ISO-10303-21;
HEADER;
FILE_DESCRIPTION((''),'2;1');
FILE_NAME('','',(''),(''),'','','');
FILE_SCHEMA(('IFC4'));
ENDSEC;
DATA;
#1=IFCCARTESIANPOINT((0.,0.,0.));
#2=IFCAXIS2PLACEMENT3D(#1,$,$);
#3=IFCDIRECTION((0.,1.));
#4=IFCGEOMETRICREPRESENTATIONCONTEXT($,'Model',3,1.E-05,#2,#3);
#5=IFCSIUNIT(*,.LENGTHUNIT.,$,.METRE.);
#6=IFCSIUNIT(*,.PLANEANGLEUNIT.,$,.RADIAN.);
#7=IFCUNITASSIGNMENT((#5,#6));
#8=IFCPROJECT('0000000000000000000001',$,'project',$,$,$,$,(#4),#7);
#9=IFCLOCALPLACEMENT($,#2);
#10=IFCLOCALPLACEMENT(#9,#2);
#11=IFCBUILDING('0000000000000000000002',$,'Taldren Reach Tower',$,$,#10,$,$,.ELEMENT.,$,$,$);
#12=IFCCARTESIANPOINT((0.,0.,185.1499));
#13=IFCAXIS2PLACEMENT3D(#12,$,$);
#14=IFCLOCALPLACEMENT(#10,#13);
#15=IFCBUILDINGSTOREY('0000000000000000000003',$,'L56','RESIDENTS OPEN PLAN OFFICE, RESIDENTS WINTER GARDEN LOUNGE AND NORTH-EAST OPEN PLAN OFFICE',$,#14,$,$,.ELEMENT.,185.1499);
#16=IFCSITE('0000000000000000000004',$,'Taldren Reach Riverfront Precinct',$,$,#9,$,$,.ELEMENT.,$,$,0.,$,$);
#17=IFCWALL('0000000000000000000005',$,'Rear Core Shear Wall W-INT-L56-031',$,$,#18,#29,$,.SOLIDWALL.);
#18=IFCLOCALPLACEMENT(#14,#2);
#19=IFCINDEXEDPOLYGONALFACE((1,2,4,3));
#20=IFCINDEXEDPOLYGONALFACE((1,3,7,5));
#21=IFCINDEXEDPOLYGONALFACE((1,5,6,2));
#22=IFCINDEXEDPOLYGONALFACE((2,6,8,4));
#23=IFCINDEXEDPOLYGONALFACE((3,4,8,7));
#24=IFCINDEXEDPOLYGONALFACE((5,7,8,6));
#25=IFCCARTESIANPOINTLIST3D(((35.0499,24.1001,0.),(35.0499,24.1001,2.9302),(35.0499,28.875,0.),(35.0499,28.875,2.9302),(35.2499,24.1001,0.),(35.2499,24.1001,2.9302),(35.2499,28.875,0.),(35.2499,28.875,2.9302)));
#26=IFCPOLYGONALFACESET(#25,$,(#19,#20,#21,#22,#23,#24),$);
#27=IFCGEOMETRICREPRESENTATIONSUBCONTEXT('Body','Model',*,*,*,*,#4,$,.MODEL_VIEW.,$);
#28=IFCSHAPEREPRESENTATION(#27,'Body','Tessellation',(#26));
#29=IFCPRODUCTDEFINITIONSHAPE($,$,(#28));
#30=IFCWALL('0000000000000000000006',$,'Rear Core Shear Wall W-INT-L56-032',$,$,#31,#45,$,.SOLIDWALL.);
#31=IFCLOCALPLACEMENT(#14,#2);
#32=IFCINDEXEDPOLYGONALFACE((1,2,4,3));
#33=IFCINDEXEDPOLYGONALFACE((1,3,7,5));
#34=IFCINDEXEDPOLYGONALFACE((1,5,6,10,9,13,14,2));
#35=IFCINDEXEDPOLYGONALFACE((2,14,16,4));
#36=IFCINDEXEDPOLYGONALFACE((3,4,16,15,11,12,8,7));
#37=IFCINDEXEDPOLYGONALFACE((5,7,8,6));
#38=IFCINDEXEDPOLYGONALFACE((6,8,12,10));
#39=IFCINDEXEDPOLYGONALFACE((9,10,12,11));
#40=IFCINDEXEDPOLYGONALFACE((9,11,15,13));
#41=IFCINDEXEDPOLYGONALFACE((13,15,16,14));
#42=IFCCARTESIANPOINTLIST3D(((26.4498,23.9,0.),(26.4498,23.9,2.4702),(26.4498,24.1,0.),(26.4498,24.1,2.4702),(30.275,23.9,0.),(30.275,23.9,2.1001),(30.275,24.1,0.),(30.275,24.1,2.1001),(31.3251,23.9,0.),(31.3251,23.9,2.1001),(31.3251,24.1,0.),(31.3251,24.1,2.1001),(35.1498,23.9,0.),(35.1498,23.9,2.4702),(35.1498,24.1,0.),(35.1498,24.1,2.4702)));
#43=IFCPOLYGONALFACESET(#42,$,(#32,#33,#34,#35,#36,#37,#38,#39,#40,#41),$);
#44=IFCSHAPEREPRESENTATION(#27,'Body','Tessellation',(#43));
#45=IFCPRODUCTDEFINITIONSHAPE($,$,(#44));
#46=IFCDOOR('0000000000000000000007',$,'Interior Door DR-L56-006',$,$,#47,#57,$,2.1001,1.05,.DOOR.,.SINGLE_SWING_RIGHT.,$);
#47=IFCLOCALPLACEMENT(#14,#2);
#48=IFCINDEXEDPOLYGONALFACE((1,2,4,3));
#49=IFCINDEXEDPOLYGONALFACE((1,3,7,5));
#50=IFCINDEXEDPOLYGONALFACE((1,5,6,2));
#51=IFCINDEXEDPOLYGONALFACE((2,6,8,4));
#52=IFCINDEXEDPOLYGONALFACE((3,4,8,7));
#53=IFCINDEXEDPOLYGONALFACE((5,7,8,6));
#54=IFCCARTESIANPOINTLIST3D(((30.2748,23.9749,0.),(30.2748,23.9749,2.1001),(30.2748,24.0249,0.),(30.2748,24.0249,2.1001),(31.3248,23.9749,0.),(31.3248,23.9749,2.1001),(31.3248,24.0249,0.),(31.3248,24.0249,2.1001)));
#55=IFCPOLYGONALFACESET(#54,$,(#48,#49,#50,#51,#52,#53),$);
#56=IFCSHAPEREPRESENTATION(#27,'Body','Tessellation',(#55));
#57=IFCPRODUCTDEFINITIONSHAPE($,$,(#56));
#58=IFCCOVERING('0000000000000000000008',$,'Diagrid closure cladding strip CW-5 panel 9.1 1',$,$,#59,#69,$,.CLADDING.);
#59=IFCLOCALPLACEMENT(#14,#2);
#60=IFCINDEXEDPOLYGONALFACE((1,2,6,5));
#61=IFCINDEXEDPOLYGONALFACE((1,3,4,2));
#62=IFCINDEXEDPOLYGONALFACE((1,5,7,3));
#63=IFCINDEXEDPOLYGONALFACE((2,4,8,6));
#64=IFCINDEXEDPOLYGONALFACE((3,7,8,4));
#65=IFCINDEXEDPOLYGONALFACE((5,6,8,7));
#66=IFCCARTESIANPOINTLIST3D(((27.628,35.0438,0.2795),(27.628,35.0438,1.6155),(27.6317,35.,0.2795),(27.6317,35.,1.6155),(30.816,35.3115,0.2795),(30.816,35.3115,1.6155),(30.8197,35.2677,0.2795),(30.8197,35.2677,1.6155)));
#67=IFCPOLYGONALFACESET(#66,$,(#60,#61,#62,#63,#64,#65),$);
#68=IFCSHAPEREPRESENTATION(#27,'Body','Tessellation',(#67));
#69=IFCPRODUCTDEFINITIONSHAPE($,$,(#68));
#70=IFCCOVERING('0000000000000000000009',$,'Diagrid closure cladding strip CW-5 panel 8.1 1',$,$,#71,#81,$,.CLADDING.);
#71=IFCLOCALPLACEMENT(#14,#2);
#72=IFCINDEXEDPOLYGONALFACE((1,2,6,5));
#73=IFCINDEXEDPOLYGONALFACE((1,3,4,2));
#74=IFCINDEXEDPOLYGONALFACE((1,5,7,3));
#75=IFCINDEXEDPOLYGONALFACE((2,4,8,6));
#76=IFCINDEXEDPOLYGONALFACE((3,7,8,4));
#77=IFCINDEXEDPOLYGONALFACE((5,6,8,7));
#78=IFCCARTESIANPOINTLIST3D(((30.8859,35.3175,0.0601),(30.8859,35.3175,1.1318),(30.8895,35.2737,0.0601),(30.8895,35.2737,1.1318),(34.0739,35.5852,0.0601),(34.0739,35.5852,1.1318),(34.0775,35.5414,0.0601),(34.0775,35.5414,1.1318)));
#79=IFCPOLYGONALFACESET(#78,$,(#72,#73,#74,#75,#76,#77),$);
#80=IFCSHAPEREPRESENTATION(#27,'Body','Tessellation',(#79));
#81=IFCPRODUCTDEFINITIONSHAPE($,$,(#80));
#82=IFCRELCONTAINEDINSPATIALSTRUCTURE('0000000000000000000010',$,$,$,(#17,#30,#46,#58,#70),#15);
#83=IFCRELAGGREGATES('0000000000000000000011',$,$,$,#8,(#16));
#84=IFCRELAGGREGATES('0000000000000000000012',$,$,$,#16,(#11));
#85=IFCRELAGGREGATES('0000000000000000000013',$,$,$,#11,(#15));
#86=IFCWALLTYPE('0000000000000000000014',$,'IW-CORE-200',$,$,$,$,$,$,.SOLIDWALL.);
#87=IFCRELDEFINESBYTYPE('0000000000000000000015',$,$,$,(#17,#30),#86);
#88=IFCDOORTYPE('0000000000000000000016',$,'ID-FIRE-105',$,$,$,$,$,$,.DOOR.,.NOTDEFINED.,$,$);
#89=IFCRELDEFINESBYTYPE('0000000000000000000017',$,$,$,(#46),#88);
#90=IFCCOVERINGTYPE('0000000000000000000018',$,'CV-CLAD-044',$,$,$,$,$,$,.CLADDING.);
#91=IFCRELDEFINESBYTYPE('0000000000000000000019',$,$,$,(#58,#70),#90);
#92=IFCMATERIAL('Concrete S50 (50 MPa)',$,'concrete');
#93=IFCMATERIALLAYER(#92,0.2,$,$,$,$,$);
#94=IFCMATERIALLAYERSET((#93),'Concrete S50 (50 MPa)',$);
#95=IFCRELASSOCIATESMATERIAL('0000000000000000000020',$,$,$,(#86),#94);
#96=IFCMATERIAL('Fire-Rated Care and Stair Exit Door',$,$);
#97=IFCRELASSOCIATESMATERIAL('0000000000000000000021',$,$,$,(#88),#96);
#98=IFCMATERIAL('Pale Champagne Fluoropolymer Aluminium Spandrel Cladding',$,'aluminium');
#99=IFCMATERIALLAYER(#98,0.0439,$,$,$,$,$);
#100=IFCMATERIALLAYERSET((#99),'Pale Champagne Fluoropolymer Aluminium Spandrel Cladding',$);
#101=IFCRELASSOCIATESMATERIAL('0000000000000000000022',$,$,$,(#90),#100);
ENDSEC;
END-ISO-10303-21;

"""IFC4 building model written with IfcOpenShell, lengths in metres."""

from ifc_helpers import new_model, si_unit, direction, frame, frame_2d, origin, origin_2d, place, context, subcontext, project, spatial, rectangle, extrude, source, transform, mapped, material, layer, layer_set, type_object, element, fill, save


model = new_model("IFC4")

# Units and contexts
model_context = context("Model", 3, precision=1e-05, world=origin(), true_north=direction((0.0, 1.0)))
body_context = subcontext(model_context, "Body", "Model", "MODEL_VIEW")
ifc_project = project(units=[si_unit("LENGTHUNIT", "METRE"), si_unit("PLANEANGLEUNIT", "RADIAN")], contexts=[model_context])

# Site, building, storey
site_placement = place(None, origin())
site = spatial("IfcSite", under=ifc_project, at=site_placement, Name="Taldren Reach Riverfront Precinct", CompositionType="ELEMENT", RefElevation=0.0)
building_placement = place(site_placement, origin())
building = spatial("IfcBuilding", under=site, at=building_placement, Name="Taldren Reach Tower", CompositionType="ELEMENT")
storey_placement = place(building_placement, frame((0.0, 0.0, 185.1499)))
storey = spatial("IfcBuildingStorey", under=building, at=storey_placement, Name="L56", Description="RESIDENTS OPEN PLAN OFFICE, RESIDENTS WINTER GARDEN LOUNGE AND NORTH-EAST OPEN PLAN OFFICE", CompositionType="ELEMENT", Elevation=185.1499)

# Wall
ifc_material_1 = material(Name="Concrete S50 (50 MPa)", Category="concrete")
ifc_layer_1 = layer(ifc_material_1, 0.2)
ifc_layer_set_1 = layer_set([ifc_layer_1], Name="Concrete S50 (50 MPa)")
wall_type_1 = type_object("IfcWallType", Name="IW-CORE-200", PredefinedType="SOLIDWALL", material=ifc_layer_set_1)
shared_shape_1 = source(origin(), body_context, "Body", "SweptSolid", [
    extrude(rectangle(XDim=4.7749, YDim=0.2, at=frame_2d((2.3875, 0.0))), origin(), (0.0, 0.0, 1.0), 2.9302),
])
wall_1_placement = place(storey_placement, frame((35.1499, 28.875, 0.0), z_axis=(0.0, 0.0, 1.0), x_axis=(0.0, -1.0, 0.0)))
element("IfcWall", 1, at=wall_1_placement, inside=storey, type_object=wall_type_1, Name="Rear Core Shear Wall W-INT-L56-031", PredefinedType="SOLIDWALL", context=body_context, shape_type="MappedRepresentation", body=[
    mapped(shared_shape_1, transform((0.0, 0.0, 0.0), scale=1.0)),
])

# Wall, opening, door
shared_shape_2 = source(origin(), body_context, "Body", "SweptSolid", [
    extrude(rectangle(XDim=8.7, YDim=0.2, at=frame_2d((4.3501, 0.0))), origin(), (0.0, 0.0, 1.0), 2.4702),
])
wall_2_placement = place(storey_placement, frame((35.1499, 24.0, 0.0), z_axis=(0.0, 0.0, 1.0), x_axis=(-1.0, 0.0, 0.0)))
wall_2 = element("IfcWall", 2, at=wall_2_placement, inside=storey, type_object=wall_type_1, Name="Rear Core Shear Wall W-INT-L56-032", PredefinedType="SOLIDWALL", context=body_context, shape_type="MappedRepresentation", body=[
    mapped(shared_shape_2, transform((0.0, 0.0, 0.0), scale=1.0)),
])
shared_shape_3 = source(origin(), body_context, "Body", "SweptSolid", [
    extrude(rectangle(XDim=1.05, YDim=2.1001, at=frame_2d((0.5249, 1.05))), frame((0.0, 0.1099, 0.0), z_axis=(0.0, -1.0, 0.0), x_axis=(1.0, 0.0, 0.0)), (0.0, 0.0, 1.0), 0.22),
])
opening_placement = place(wall_2_placement, frame((3.825, 0.0, 0.0)))
opening = element("IfcOpeningElement", 3, at=opening_placement, cuts=wall_2, PredefinedType="OPENING", context=body_context, shape_type="MappedRepresentation", body=[
    mapped(shared_shape_3, transform((0.0, 0.0, 0.0), scale=1.0)),
])
ifc_material_2 = material(Name="Fire-Rated Care and Stair Exit Door")
door_type = type_object("IfcDoorType", Name="ID-FIRE-105", OperationType="NOTDEFINED", PredefinedType="DOOR", material=ifc_material_2)
shared_shape_4 = source(origin(), body_context, "Body", "SweptSolid", [
    extrude(rectangle(XDim=1.05, YDim=2.1001, at=frame_2d((0.5249, 1.05))), frame((0.0, 0.0249, 0.0), z_axis=(0.0, -1.0, 0.0), x_axis=(1.0, 0.0, 0.0)), (0.0, 0.0, 1.0), 0.05),
])
door_placement = place(opening_placement, frame((1.05, 0.0, 0.0), z_axis=(0.0, 0.0, 1.0), x_axis=(-1.0, 0.0, 0.0)))
door = element("IfcDoor", 4, at=door_placement, inside=storey, type_object=door_type, Name="Interior Door DR-L56-006", OperationType="SINGLE_SWING_RIGHT", OverallHeight=2.1001, OverallWidth=1.05, PredefinedType="DOOR", context=body_context, shape_type="MappedRepresentation", body=[
    mapped(shared_shape_4, transform((0.0, 0.0, 0.0), scale=1.0)),
])
fill(opening, door)

# Coverings
ifc_material_3 = material(Name="Pale Champagne Fluoropolymer Aluminium Spandrel Cladding", Category="aluminium")
ifc_layer_2 = layer(ifc_material_3, 0.0439)
ifc_layer_set_2 = layer_set([ifc_layer_2], Name="Pale Champagne Fluoropolymer Aluminium Spandrel Cladding")
covering_type = type_object("IfcCoveringType", Name="CV-CLAD-044", PredefinedType="CLADDING", material=ifc_layer_set_2)
shared_shape_5 = source(origin(), body_context, "Body", "SweptSolid", [
    extrude(rectangle(XDim=3.1992, YDim=0.0439, at=origin_2d()), origin(), (0.0, 0.0, 1.0), 1.3359),
])
covering_1_placement = place(storey_placement, frame((29.2239, 35.1558, 0.2795), z_axis=(0.0, 0.0, 1.0), x_axis=(-0.996493, -0.083678, 0.0)))
element("IfcCovering", 5, at=covering_1_placement, inside=storey, type_object=covering_type, Name="Diagrid closure cladding strip CW-5 panel 9.1 1", PredefinedType="CLADDING", context=body_context, shape_type="MappedRepresentation", body=[
    mapped(shared_shape_5, transform((0.0, 0.0, 0.0), scale=1.0)),
])
shared_shape_6 = source(origin(), body_context, "Body", "SweptSolid", [
    extrude(rectangle(XDim=3.1992, YDim=0.0439, at=origin_2d()), origin(), (0.0, 0.0, 1.0), 1.0718),
])
covering_2_placement = place(storey_placement, frame((32.4817, 35.4294, 0.0601), z_axis=(0.0, 0.0, 1.0), x_axis=(-0.996493, -0.083678, 0.0)))
element("IfcCovering", 6, at=covering_2_placement, inside=storey, type_object=covering_type, Name="Diagrid closure cladding strip CW-5 panel 8.1 1", PredefinedType="CLADDING", context=body_context, shape_type="MappedRepresentation", body=[
    mapped(shared_shape_6, transform((0.0, 0.0, 0.0), scale=1.0)),
])

save(model, "model.ifc")
